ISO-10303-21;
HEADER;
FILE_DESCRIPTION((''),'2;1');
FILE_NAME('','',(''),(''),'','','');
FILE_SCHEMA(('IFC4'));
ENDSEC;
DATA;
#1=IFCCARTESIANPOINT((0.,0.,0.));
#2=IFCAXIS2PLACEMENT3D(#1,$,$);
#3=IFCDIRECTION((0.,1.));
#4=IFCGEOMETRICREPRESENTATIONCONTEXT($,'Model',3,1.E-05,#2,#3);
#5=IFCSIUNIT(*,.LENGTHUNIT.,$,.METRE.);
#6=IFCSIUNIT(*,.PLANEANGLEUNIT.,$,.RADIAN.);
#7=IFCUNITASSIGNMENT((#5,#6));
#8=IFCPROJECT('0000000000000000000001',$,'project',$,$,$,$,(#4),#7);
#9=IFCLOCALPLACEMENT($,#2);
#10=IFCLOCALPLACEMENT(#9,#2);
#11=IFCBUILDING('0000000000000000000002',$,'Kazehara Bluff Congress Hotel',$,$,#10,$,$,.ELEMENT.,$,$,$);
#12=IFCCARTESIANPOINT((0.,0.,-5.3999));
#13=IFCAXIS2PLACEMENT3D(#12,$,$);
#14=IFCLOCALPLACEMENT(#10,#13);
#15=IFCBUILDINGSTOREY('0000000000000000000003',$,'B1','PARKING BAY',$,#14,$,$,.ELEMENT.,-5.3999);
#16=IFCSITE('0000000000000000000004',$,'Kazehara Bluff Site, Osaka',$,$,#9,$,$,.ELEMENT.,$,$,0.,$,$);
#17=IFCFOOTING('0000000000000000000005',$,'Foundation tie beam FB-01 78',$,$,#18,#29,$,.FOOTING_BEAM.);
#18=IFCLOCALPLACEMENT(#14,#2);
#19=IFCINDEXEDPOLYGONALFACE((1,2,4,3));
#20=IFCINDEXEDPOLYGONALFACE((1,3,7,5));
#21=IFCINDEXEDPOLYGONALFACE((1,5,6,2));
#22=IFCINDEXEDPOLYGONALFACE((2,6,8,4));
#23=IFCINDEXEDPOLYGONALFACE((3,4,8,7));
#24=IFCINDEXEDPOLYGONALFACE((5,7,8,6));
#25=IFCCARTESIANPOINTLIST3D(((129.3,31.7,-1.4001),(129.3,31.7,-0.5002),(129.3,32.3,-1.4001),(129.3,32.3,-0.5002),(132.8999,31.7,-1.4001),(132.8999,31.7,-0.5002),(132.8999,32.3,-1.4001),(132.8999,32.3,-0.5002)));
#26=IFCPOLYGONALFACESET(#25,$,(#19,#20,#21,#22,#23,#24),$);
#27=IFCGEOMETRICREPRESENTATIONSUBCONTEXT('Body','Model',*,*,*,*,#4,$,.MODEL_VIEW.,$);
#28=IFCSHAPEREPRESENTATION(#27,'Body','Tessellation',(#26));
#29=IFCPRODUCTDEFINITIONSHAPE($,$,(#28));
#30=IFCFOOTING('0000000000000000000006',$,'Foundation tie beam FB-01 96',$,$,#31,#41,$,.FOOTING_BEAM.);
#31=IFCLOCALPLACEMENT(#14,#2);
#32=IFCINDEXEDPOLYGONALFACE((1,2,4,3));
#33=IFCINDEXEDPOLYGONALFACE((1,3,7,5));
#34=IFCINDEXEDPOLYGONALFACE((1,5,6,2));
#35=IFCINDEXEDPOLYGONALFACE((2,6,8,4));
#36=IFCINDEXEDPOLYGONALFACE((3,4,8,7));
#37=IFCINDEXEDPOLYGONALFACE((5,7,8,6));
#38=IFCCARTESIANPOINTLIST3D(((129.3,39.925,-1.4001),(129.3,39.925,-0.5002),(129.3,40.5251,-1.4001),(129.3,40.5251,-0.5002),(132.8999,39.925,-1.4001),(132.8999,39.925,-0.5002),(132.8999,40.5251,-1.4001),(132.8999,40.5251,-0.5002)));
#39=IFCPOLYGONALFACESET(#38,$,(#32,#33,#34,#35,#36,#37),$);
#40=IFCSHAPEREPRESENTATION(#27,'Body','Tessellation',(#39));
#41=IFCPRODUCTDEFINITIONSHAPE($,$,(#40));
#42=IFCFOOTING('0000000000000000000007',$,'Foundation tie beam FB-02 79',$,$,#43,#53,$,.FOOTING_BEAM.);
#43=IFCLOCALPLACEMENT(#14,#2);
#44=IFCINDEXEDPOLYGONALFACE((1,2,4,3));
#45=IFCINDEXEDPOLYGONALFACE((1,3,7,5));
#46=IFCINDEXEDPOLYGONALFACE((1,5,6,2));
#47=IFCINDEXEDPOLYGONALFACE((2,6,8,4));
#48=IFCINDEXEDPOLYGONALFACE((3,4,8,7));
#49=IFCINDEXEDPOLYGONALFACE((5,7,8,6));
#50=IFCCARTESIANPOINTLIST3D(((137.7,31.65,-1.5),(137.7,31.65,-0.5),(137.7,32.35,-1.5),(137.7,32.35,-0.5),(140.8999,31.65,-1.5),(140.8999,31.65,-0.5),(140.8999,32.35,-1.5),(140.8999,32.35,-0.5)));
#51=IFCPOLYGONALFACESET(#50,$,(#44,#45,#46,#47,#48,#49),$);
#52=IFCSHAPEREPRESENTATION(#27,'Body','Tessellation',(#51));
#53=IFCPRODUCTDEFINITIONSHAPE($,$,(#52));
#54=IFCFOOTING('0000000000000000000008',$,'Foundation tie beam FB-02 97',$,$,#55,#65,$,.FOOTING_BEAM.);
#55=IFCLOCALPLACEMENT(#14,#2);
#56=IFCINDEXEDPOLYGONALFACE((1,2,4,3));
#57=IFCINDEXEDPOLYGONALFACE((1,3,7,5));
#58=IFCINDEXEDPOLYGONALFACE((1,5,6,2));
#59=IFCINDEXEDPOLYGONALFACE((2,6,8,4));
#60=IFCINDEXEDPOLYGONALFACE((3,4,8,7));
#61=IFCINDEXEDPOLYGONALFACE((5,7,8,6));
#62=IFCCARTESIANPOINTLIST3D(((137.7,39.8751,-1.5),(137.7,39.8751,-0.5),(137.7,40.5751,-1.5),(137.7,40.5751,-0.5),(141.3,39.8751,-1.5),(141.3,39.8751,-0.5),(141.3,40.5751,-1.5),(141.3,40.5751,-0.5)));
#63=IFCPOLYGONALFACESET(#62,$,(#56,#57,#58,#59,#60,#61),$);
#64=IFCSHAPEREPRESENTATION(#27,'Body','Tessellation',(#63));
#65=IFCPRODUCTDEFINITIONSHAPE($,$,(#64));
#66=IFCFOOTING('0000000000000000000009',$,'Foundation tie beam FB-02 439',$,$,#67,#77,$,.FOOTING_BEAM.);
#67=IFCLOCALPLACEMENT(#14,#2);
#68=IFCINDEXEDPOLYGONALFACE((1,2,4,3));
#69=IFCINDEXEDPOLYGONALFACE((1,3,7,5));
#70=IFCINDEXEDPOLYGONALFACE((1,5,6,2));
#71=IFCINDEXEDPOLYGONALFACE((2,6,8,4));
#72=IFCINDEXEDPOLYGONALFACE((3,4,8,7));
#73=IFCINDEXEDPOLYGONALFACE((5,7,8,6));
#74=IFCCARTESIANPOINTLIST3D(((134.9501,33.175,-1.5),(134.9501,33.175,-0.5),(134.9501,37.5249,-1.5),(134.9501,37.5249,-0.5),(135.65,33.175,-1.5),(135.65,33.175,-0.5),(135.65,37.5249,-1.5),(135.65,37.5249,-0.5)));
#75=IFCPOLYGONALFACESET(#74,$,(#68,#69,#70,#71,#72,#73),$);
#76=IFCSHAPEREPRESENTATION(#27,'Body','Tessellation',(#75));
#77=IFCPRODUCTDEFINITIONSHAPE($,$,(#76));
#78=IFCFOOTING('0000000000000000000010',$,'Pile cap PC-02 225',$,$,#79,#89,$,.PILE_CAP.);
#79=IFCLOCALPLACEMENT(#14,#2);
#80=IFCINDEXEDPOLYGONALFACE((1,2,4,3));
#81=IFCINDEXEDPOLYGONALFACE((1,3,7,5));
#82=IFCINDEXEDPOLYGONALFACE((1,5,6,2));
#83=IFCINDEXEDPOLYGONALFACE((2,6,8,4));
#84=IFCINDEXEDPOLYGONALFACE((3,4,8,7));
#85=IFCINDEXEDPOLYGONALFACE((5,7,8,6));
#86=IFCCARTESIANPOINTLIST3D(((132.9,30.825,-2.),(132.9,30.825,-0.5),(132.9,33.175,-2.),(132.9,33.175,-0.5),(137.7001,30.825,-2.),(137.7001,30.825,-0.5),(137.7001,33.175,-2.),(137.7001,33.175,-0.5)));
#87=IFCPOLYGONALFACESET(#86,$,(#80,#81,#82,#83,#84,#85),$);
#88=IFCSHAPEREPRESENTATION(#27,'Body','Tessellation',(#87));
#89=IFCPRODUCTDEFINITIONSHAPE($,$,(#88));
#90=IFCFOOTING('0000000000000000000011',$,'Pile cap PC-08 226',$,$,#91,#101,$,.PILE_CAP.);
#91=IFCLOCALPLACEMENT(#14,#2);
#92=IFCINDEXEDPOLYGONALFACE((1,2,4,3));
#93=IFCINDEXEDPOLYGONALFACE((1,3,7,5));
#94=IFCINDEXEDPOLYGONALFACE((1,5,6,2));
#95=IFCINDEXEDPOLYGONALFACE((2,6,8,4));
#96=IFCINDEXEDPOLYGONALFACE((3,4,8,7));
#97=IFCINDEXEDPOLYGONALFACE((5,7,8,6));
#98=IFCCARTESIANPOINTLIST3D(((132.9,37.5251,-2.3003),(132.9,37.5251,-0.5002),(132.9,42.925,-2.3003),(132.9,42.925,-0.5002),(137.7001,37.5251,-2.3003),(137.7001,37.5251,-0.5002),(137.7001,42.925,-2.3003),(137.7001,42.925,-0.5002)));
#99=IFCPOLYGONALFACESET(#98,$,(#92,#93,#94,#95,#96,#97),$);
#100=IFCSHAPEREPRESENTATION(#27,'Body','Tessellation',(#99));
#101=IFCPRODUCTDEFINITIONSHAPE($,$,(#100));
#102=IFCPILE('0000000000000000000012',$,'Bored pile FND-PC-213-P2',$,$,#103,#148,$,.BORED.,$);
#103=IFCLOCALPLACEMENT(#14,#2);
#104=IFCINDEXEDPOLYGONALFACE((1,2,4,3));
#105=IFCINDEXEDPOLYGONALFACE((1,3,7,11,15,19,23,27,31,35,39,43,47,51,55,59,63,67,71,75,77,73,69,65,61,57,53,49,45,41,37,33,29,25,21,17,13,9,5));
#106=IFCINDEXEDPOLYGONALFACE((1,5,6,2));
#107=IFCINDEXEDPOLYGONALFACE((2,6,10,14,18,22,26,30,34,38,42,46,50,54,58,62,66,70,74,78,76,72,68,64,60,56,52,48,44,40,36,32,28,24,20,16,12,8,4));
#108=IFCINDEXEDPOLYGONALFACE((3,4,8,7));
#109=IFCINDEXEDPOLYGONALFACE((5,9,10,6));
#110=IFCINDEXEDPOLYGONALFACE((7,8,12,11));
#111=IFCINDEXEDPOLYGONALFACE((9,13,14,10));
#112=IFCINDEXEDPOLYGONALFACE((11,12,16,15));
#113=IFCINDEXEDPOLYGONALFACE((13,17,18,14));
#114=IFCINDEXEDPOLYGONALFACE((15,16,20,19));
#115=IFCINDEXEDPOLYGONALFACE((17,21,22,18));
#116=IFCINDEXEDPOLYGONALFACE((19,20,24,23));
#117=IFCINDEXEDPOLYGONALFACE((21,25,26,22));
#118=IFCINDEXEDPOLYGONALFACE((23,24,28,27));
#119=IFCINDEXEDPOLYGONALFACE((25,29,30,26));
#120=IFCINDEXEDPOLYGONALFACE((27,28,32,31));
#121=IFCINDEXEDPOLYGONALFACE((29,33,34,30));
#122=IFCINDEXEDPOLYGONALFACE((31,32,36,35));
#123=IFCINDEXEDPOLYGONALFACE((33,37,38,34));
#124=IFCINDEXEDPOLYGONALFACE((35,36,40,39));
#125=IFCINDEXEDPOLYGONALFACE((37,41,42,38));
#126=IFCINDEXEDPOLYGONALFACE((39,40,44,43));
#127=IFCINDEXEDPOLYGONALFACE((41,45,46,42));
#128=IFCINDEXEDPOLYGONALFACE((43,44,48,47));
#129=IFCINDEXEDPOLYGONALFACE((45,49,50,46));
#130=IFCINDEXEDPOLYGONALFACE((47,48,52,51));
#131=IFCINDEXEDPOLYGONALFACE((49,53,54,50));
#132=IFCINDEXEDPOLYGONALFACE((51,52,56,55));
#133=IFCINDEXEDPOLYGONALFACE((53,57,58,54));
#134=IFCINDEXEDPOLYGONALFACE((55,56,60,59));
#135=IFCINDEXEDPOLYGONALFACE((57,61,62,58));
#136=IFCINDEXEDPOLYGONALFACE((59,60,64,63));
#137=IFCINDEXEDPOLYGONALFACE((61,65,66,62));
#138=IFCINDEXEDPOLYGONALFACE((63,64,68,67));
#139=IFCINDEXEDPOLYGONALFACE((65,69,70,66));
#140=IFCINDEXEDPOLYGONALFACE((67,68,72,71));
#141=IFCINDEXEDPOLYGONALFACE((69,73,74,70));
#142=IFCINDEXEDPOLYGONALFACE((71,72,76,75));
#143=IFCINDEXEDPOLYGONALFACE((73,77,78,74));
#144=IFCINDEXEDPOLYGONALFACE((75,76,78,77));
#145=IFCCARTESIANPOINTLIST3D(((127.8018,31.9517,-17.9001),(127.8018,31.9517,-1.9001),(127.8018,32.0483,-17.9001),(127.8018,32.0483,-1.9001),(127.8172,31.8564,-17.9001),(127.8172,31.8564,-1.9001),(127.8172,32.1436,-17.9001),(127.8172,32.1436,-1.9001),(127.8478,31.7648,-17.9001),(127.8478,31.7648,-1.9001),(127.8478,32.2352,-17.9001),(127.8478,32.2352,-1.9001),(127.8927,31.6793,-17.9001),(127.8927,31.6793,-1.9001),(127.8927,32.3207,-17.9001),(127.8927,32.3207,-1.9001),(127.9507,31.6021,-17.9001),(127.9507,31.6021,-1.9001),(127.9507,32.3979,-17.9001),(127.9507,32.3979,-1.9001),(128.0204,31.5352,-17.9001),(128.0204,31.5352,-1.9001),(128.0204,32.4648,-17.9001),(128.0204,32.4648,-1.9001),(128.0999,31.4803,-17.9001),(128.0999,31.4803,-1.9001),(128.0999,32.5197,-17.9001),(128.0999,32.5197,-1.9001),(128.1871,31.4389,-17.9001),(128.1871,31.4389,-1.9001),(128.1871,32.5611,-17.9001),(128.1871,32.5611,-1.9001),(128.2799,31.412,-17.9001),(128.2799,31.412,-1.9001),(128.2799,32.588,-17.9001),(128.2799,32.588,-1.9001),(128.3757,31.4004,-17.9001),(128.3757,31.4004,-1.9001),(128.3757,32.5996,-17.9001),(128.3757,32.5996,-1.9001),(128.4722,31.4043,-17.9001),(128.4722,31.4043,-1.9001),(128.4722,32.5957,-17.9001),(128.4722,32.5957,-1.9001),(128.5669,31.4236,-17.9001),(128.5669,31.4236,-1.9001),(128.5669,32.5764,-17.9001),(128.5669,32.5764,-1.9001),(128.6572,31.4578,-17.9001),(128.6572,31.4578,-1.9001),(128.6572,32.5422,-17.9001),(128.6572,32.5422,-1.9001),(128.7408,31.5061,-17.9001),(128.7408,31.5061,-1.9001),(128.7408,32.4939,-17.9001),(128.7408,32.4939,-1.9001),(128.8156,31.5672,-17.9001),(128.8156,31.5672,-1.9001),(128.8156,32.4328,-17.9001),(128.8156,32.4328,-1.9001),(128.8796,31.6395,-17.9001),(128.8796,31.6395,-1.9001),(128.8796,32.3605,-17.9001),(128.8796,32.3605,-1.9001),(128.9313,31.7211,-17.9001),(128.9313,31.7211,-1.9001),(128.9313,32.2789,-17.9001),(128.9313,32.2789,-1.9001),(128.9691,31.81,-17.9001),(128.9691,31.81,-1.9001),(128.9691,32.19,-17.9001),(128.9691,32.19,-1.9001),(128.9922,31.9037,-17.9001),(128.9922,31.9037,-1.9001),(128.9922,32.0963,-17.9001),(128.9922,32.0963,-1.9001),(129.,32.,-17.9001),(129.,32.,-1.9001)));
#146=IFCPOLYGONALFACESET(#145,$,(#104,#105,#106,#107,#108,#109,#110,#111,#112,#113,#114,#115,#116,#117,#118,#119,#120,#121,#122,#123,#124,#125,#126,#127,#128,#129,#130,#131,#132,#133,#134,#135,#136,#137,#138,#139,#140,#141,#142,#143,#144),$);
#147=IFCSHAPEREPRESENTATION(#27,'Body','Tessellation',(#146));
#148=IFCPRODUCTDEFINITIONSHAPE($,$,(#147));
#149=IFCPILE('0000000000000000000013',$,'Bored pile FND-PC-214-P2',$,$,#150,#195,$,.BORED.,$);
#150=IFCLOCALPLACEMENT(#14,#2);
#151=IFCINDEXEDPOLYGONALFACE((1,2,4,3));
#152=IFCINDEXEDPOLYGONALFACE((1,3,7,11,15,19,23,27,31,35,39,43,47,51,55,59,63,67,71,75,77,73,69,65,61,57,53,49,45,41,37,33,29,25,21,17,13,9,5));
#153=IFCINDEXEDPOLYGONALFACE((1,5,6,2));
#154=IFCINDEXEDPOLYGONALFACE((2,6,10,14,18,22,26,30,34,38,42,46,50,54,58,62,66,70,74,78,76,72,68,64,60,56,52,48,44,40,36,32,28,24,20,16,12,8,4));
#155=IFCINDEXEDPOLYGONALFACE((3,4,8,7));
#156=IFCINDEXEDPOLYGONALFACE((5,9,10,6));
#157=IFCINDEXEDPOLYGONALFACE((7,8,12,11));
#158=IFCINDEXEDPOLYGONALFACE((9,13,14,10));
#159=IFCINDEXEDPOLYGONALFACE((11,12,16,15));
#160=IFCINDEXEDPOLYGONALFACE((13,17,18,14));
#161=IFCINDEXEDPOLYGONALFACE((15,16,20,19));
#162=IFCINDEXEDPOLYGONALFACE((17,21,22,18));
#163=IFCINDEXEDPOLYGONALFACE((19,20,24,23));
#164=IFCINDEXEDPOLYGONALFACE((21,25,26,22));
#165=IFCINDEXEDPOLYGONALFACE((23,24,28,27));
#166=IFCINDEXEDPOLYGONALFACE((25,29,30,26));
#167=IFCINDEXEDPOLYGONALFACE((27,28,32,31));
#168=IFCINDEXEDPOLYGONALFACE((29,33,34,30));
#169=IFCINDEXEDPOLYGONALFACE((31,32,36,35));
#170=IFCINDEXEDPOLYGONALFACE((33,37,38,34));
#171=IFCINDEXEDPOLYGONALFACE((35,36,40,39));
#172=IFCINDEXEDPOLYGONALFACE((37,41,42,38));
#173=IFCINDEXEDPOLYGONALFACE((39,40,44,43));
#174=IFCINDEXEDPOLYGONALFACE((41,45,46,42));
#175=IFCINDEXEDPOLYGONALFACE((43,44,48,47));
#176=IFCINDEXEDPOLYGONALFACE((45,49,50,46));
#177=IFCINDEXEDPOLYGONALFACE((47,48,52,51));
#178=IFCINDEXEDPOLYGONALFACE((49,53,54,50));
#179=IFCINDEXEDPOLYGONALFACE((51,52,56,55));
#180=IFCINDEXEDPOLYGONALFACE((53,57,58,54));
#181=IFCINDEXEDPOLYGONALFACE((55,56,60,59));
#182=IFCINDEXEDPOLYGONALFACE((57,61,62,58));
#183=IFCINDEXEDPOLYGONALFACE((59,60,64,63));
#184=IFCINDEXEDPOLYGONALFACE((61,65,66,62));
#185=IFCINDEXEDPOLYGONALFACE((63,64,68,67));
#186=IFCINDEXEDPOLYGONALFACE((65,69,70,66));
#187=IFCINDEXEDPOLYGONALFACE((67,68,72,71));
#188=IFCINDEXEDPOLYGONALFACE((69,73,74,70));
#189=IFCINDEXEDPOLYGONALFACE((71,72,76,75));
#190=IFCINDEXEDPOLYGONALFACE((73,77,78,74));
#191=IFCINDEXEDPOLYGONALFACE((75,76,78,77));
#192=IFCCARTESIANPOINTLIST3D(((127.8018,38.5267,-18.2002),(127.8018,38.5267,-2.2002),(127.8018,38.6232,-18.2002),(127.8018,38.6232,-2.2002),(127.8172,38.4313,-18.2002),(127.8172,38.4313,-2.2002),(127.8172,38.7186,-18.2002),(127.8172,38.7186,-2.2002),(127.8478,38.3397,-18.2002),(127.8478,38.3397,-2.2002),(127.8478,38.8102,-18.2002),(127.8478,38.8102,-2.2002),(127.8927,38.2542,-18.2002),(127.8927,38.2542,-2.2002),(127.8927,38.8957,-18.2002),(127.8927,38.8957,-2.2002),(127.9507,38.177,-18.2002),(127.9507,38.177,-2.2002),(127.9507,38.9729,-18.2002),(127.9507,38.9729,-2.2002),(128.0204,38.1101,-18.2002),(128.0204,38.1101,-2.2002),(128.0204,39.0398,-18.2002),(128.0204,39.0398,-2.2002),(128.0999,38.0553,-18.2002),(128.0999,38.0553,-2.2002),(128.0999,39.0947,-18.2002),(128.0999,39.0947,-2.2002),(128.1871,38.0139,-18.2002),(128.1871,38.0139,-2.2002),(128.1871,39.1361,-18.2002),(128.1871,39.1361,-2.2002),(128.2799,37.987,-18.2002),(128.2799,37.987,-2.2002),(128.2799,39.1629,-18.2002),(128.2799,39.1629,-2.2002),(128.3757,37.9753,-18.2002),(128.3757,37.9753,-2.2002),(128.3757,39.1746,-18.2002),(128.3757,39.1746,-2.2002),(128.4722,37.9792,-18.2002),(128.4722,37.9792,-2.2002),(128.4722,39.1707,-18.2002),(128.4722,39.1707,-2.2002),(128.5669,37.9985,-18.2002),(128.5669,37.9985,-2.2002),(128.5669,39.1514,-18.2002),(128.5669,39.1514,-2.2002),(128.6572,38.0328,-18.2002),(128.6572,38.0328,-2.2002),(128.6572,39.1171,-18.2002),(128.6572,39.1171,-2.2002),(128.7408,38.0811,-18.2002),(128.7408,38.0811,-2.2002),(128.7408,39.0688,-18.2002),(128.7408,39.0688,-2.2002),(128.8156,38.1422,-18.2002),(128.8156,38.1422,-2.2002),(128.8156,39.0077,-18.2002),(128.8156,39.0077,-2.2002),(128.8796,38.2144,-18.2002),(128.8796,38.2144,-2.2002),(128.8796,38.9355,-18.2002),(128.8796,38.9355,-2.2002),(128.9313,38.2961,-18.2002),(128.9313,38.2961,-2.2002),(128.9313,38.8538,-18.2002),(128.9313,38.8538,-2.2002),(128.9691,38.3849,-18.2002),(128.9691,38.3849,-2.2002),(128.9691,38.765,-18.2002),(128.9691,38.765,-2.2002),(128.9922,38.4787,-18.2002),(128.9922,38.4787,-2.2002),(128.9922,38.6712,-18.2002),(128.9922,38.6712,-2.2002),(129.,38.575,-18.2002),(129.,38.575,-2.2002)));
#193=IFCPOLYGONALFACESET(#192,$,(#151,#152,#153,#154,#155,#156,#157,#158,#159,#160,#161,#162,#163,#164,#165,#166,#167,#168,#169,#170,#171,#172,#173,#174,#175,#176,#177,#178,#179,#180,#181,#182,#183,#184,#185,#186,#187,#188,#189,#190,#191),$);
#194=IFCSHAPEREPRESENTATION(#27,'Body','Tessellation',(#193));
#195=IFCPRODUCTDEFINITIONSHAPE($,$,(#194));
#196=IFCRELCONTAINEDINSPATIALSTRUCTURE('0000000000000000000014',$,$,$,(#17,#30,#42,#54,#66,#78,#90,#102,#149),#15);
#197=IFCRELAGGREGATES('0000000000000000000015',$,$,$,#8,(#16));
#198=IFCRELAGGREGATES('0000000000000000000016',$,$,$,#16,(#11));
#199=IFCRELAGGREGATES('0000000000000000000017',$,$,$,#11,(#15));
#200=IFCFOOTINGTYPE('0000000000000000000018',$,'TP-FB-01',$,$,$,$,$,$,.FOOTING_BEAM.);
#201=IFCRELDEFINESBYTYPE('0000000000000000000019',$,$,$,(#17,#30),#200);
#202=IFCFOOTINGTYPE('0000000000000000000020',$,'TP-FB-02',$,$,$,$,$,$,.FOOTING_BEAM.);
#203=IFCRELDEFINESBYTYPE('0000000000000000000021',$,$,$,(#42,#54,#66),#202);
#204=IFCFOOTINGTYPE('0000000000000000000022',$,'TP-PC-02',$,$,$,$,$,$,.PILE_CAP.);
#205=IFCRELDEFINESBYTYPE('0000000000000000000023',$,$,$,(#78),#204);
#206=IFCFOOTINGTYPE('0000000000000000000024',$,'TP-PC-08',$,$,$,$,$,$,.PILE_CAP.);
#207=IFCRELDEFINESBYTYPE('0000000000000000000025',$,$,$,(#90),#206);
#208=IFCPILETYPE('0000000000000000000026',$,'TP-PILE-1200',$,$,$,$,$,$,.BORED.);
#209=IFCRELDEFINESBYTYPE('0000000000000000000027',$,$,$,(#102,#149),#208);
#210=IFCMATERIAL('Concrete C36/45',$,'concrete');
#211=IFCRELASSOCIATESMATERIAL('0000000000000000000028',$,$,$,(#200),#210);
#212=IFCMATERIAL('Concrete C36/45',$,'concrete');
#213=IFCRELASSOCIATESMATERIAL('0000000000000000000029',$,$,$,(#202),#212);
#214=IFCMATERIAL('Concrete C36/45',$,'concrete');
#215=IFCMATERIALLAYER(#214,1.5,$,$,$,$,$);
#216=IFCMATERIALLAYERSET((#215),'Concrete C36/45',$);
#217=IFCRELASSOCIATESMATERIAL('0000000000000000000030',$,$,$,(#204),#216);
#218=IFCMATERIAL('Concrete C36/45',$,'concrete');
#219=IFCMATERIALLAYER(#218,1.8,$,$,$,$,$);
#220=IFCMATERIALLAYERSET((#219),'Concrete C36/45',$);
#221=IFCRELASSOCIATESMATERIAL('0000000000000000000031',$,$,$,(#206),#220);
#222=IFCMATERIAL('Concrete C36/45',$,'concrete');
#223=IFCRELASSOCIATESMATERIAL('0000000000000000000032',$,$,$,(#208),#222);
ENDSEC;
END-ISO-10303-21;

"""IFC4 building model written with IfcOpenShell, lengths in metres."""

from ifc_helpers import new_model, si_unit, direction, frame, origin, origin_2d, place, context, subcontext, project, spatial, rectangle, circle, extrude, material, layer, layer_set, material_profile, profile_set, type_object, element, save


model = new_model("IFC4")

# Units and contexts
model_context = context("Model", 3, precision=1e-05, world=origin(), true_north=direction((0.0, 1.0)))
body_context = subcontext(model_context, "Body", "Model", "MODEL_VIEW")
ifc_project = project(units=[si_unit("LENGTHUNIT", "METRE"), si_unit("PLANEANGLEUNIT", "RADIAN")], contexts=[model_context])

# Site, building, storey
site_placement = place(None, origin())
site = spatial("IfcSite", under=ifc_project, at=site_placement, Name="Kazehara Bluff Site, Osaka", CompositionType="ELEMENT", RefElevation=0.0)
building_placement = place(site_placement, origin())
building = spatial("IfcBuilding", under=site, at=building_placement, Name="Kazehara Bluff Congress Hotel", CompositionType="ELEMENT")
storey_placement = place(building_placement, frame((0.0, 0.0, -5.3999)))
storey = spatial("IfcBuildingStorey", under=building, at=storey_placement, Name="B1", Description="PARKING BAY", CompositionType="ELEMENT", Elevation=-5.3999)

# Footings
ifc_material_1 = material(Name="Concrete C36/45", Category="concrete")
ifc_material_profile_1 = material_profile(ifc_material_1, rectangle(XDim=0.6001, YDim=0.8999, at=origin_2d()))
ifc_profile_set_1 = profile_set([ifc_material_profile_1], Name="Concrete C36/45")
footing_type_1 = type_object("IfcFootingType", Name="TP-FB-01", PredefinedType="FOOTING_BEAM", material=ifc_profile_set_1)
for number, where, z_axis, x_axis, name in (
    (1, (129.3, 32.0, -0.9502), (1.0, 0.0, 0.0), (0.0, 1.0, 0.0), "Foundation tie beam FB-01 78"),
    (2, (129.3, 40.2251, -0.9502), (1.0, 0.0, 0.0), (0.0, 1.0, 0.0), "Foundation tie beam FB-01 96"),
):
    element("IfcFooting", number, at=place(storey_placement, frame(where, z_axis=z_axis, x_axis=x_axis)), inside=storey, type_object=footing_type_1, Name=name, PredefinedType="FOOTING_BEAM", context=body_context, shape_type="SweptSolid", body=[
        extrude(rectangle(XDim=0.6001, YDim=0.8999, at=origin_2d()), origin(), (0.0, 0.0, 1.0), 3.5999),
    ])
ifc_material_2 = material(Name="Concrete C36/45", Category="concrete")
ifc_material_profile_2 = material_profile(ifc_material_2, rectangle(XDim=0.7, YDim=1.0, at=origin_2d()))
ifc_profile_set_2 = profile_set([ifc_material_profile_2], Name="Concrete C36/45")
footing_type_2 = type_object("IfcFootingType", Name="TP-FB-02", PredefinedType="FOOTING_BEAM", material=ifc_profile_set_2)
footing_1_placement = place(storey_placement, frame((137.7, 32.0, -1.0), z_axis=(1.0, 0.0, 0.0), x_axis=(0.0, 1.0, 0.0)))
element("IfcFooting", 3, at=footing_1_placement, inside=storey, type_object=footing_type_2, Name="Foundation tie beam FB-02 79", PredefinedType="FOOTING_BEAM", context=body_context, shape_type="SweptSolid", body=[
    extrude(rectangle(XDim=0.7, YDim=1.0, at=origin_2d()), origin(), (0.0, 0.0, 1.0), 3.2),
])
footing_2_placement = place(storey_placement, frame((137.7, 40.2251, -1.0), z_axis=(1.0, 0.0, 0.0), x_axis=(0.0, 1.0, 0.0)))
element("IfcFooting", 4, at=footing_2_placement, inside=storey, type_object=footing_type_2, Name="Foundation tie beam FB-02 97", PredefinedType="FOOTING_BEAM", context=body_context, shape_type="SweptSolid", body=[
    extrude(rectangle(XDim=0.7, YDim=1.0, at=origin_2d()), origin(), (0.0, 0.0, 1.0), 3.6001),
])
footing_3_placement = place(storey_placement, frame((135.3, 33.175, -1.0), z_axis=(0.0, 1.0, 0.0), x_axis=(-1.0, 0.0, 0.0)))
element("IfcFooting", 5, at=footing_3_placement, inside=storey, type_object=footing_type_2, Name="Foundation tie beam FB-02 439", PredefinedType="FOOTING_BEAM", context=body_context, shape_type="SweptSolid", body=[
    extrude(rectangle(XDim=0.7, YDim=1.0, at=origin_2d()), origin(), (0.0, 0.0, 1.0), 4.3499),
])
ifc_material_3 = material(Name="Concrete C36/45", Category="concrete")
ifc_layer_1 = layer(ifc_material_3, 1.5)
ifc_layer_set_1 = layer_set([ifc_layer_1], Name="Concrete C36/45")
footing_type_3 = type_object("IfcFootingType", Name="TP-PC-02", PredefinedType="PILE_CAP", material=ifc_layer_set_1)
footing_4_placement = place(storey_placement, frame((135.3, 32.0, -2.0), z_axis=(0.0, 0.0, 1.0), x_axis=(1.0, 0.0, 0.0)))
element("IfcFooting", 6, at=footing_4_placement, inside=storey, type_object=footing_type_3, Name="Pile cap PC-02 225", PredefinedType="PILE_CAP", context=body_context, shape_type="SweptSolid", body=[
    extrude(rectangle(XDim=4.8, YDim=2.3501, at=origin_2d()), origin(), (0.0, 0.0, 1.0), 1.5),
])
ifc_material_4 = material(Name="Concrete C36/45", Category="concrete")
ifc_layer_2 = layer(ifc_material_4, 1.8)
ifc_layer_set_2 = layer_set([ifc_layer_2], Name="Concrete C36/45")
footing_type_4 = type_object("IfcFootingType", Name="TP-PC-08", PredefinedType="PILE_CAP", material=ifc_layer_set_2)
footing_5_placement = place(storey_placement, frame((135.3, 40.2251, -2.3003), z_axis=(0.0, 0.0, 1.0), x_axis=(1.0, 0.0, 0.0)))
element("IfcFooting", 7, at=footing_5_placement, inside=storey, type_object=footing_type_4, Name="Pile cap PC-08 226", PredefinedType="PILE_CAP", context=body_context, shape_type="SweptSolid", body=[
    extrude(rectangle(XDim=4.8, YDim=5.3999, at=origin_2d()), origin(), (0.0, 0.0, 1.0), 1.8),
])

# Piles
ifc_material_5 = material(Name="Concrete C36/45", Category="concrete")
ifc_material_profile_3 = material_profile(ifc_material_5, circle(Radius=0.6001, at=origin_2d()))
ifc_profile_set_3 = profile_set([ifc_material_profile_3], Name="Concrete C36/45")
pile_type = type_object("IfcPileType", Name="TP-PILE-1200", PredefinedType="BORED", material=ifc_profile_set_3)
for number, where, z_axis, x_axis, name in (
    (8, (128.3999, 32.0, -1.9001), (0.0, 0.0, -1.0), (1.0, 0.0, 0.0), "Bored pile FND-PC-213-P2"),
    (9, (128.3999, 38.575, -2.2002), (0.0, 0.0, -1.0), (1.0, 0.0, 0.0), "Bored pile FND-PC-214-P2"),
):
    element("IfcPile", number, at=place(storey_placement, frame(where, z_axis=z_axis, x_axis=x_axis)), inside=storey, type_object=pile_type, Name=name, PredefinedType="BORED", context=body_context, shape_type="SweptSolid", body=[
        extrude(circle(Radius=0.6001, at=origin_2d()), origin(), (0.0, 0.0, 1.0), 16.0),
    ])

save(model, "model.ifc")
